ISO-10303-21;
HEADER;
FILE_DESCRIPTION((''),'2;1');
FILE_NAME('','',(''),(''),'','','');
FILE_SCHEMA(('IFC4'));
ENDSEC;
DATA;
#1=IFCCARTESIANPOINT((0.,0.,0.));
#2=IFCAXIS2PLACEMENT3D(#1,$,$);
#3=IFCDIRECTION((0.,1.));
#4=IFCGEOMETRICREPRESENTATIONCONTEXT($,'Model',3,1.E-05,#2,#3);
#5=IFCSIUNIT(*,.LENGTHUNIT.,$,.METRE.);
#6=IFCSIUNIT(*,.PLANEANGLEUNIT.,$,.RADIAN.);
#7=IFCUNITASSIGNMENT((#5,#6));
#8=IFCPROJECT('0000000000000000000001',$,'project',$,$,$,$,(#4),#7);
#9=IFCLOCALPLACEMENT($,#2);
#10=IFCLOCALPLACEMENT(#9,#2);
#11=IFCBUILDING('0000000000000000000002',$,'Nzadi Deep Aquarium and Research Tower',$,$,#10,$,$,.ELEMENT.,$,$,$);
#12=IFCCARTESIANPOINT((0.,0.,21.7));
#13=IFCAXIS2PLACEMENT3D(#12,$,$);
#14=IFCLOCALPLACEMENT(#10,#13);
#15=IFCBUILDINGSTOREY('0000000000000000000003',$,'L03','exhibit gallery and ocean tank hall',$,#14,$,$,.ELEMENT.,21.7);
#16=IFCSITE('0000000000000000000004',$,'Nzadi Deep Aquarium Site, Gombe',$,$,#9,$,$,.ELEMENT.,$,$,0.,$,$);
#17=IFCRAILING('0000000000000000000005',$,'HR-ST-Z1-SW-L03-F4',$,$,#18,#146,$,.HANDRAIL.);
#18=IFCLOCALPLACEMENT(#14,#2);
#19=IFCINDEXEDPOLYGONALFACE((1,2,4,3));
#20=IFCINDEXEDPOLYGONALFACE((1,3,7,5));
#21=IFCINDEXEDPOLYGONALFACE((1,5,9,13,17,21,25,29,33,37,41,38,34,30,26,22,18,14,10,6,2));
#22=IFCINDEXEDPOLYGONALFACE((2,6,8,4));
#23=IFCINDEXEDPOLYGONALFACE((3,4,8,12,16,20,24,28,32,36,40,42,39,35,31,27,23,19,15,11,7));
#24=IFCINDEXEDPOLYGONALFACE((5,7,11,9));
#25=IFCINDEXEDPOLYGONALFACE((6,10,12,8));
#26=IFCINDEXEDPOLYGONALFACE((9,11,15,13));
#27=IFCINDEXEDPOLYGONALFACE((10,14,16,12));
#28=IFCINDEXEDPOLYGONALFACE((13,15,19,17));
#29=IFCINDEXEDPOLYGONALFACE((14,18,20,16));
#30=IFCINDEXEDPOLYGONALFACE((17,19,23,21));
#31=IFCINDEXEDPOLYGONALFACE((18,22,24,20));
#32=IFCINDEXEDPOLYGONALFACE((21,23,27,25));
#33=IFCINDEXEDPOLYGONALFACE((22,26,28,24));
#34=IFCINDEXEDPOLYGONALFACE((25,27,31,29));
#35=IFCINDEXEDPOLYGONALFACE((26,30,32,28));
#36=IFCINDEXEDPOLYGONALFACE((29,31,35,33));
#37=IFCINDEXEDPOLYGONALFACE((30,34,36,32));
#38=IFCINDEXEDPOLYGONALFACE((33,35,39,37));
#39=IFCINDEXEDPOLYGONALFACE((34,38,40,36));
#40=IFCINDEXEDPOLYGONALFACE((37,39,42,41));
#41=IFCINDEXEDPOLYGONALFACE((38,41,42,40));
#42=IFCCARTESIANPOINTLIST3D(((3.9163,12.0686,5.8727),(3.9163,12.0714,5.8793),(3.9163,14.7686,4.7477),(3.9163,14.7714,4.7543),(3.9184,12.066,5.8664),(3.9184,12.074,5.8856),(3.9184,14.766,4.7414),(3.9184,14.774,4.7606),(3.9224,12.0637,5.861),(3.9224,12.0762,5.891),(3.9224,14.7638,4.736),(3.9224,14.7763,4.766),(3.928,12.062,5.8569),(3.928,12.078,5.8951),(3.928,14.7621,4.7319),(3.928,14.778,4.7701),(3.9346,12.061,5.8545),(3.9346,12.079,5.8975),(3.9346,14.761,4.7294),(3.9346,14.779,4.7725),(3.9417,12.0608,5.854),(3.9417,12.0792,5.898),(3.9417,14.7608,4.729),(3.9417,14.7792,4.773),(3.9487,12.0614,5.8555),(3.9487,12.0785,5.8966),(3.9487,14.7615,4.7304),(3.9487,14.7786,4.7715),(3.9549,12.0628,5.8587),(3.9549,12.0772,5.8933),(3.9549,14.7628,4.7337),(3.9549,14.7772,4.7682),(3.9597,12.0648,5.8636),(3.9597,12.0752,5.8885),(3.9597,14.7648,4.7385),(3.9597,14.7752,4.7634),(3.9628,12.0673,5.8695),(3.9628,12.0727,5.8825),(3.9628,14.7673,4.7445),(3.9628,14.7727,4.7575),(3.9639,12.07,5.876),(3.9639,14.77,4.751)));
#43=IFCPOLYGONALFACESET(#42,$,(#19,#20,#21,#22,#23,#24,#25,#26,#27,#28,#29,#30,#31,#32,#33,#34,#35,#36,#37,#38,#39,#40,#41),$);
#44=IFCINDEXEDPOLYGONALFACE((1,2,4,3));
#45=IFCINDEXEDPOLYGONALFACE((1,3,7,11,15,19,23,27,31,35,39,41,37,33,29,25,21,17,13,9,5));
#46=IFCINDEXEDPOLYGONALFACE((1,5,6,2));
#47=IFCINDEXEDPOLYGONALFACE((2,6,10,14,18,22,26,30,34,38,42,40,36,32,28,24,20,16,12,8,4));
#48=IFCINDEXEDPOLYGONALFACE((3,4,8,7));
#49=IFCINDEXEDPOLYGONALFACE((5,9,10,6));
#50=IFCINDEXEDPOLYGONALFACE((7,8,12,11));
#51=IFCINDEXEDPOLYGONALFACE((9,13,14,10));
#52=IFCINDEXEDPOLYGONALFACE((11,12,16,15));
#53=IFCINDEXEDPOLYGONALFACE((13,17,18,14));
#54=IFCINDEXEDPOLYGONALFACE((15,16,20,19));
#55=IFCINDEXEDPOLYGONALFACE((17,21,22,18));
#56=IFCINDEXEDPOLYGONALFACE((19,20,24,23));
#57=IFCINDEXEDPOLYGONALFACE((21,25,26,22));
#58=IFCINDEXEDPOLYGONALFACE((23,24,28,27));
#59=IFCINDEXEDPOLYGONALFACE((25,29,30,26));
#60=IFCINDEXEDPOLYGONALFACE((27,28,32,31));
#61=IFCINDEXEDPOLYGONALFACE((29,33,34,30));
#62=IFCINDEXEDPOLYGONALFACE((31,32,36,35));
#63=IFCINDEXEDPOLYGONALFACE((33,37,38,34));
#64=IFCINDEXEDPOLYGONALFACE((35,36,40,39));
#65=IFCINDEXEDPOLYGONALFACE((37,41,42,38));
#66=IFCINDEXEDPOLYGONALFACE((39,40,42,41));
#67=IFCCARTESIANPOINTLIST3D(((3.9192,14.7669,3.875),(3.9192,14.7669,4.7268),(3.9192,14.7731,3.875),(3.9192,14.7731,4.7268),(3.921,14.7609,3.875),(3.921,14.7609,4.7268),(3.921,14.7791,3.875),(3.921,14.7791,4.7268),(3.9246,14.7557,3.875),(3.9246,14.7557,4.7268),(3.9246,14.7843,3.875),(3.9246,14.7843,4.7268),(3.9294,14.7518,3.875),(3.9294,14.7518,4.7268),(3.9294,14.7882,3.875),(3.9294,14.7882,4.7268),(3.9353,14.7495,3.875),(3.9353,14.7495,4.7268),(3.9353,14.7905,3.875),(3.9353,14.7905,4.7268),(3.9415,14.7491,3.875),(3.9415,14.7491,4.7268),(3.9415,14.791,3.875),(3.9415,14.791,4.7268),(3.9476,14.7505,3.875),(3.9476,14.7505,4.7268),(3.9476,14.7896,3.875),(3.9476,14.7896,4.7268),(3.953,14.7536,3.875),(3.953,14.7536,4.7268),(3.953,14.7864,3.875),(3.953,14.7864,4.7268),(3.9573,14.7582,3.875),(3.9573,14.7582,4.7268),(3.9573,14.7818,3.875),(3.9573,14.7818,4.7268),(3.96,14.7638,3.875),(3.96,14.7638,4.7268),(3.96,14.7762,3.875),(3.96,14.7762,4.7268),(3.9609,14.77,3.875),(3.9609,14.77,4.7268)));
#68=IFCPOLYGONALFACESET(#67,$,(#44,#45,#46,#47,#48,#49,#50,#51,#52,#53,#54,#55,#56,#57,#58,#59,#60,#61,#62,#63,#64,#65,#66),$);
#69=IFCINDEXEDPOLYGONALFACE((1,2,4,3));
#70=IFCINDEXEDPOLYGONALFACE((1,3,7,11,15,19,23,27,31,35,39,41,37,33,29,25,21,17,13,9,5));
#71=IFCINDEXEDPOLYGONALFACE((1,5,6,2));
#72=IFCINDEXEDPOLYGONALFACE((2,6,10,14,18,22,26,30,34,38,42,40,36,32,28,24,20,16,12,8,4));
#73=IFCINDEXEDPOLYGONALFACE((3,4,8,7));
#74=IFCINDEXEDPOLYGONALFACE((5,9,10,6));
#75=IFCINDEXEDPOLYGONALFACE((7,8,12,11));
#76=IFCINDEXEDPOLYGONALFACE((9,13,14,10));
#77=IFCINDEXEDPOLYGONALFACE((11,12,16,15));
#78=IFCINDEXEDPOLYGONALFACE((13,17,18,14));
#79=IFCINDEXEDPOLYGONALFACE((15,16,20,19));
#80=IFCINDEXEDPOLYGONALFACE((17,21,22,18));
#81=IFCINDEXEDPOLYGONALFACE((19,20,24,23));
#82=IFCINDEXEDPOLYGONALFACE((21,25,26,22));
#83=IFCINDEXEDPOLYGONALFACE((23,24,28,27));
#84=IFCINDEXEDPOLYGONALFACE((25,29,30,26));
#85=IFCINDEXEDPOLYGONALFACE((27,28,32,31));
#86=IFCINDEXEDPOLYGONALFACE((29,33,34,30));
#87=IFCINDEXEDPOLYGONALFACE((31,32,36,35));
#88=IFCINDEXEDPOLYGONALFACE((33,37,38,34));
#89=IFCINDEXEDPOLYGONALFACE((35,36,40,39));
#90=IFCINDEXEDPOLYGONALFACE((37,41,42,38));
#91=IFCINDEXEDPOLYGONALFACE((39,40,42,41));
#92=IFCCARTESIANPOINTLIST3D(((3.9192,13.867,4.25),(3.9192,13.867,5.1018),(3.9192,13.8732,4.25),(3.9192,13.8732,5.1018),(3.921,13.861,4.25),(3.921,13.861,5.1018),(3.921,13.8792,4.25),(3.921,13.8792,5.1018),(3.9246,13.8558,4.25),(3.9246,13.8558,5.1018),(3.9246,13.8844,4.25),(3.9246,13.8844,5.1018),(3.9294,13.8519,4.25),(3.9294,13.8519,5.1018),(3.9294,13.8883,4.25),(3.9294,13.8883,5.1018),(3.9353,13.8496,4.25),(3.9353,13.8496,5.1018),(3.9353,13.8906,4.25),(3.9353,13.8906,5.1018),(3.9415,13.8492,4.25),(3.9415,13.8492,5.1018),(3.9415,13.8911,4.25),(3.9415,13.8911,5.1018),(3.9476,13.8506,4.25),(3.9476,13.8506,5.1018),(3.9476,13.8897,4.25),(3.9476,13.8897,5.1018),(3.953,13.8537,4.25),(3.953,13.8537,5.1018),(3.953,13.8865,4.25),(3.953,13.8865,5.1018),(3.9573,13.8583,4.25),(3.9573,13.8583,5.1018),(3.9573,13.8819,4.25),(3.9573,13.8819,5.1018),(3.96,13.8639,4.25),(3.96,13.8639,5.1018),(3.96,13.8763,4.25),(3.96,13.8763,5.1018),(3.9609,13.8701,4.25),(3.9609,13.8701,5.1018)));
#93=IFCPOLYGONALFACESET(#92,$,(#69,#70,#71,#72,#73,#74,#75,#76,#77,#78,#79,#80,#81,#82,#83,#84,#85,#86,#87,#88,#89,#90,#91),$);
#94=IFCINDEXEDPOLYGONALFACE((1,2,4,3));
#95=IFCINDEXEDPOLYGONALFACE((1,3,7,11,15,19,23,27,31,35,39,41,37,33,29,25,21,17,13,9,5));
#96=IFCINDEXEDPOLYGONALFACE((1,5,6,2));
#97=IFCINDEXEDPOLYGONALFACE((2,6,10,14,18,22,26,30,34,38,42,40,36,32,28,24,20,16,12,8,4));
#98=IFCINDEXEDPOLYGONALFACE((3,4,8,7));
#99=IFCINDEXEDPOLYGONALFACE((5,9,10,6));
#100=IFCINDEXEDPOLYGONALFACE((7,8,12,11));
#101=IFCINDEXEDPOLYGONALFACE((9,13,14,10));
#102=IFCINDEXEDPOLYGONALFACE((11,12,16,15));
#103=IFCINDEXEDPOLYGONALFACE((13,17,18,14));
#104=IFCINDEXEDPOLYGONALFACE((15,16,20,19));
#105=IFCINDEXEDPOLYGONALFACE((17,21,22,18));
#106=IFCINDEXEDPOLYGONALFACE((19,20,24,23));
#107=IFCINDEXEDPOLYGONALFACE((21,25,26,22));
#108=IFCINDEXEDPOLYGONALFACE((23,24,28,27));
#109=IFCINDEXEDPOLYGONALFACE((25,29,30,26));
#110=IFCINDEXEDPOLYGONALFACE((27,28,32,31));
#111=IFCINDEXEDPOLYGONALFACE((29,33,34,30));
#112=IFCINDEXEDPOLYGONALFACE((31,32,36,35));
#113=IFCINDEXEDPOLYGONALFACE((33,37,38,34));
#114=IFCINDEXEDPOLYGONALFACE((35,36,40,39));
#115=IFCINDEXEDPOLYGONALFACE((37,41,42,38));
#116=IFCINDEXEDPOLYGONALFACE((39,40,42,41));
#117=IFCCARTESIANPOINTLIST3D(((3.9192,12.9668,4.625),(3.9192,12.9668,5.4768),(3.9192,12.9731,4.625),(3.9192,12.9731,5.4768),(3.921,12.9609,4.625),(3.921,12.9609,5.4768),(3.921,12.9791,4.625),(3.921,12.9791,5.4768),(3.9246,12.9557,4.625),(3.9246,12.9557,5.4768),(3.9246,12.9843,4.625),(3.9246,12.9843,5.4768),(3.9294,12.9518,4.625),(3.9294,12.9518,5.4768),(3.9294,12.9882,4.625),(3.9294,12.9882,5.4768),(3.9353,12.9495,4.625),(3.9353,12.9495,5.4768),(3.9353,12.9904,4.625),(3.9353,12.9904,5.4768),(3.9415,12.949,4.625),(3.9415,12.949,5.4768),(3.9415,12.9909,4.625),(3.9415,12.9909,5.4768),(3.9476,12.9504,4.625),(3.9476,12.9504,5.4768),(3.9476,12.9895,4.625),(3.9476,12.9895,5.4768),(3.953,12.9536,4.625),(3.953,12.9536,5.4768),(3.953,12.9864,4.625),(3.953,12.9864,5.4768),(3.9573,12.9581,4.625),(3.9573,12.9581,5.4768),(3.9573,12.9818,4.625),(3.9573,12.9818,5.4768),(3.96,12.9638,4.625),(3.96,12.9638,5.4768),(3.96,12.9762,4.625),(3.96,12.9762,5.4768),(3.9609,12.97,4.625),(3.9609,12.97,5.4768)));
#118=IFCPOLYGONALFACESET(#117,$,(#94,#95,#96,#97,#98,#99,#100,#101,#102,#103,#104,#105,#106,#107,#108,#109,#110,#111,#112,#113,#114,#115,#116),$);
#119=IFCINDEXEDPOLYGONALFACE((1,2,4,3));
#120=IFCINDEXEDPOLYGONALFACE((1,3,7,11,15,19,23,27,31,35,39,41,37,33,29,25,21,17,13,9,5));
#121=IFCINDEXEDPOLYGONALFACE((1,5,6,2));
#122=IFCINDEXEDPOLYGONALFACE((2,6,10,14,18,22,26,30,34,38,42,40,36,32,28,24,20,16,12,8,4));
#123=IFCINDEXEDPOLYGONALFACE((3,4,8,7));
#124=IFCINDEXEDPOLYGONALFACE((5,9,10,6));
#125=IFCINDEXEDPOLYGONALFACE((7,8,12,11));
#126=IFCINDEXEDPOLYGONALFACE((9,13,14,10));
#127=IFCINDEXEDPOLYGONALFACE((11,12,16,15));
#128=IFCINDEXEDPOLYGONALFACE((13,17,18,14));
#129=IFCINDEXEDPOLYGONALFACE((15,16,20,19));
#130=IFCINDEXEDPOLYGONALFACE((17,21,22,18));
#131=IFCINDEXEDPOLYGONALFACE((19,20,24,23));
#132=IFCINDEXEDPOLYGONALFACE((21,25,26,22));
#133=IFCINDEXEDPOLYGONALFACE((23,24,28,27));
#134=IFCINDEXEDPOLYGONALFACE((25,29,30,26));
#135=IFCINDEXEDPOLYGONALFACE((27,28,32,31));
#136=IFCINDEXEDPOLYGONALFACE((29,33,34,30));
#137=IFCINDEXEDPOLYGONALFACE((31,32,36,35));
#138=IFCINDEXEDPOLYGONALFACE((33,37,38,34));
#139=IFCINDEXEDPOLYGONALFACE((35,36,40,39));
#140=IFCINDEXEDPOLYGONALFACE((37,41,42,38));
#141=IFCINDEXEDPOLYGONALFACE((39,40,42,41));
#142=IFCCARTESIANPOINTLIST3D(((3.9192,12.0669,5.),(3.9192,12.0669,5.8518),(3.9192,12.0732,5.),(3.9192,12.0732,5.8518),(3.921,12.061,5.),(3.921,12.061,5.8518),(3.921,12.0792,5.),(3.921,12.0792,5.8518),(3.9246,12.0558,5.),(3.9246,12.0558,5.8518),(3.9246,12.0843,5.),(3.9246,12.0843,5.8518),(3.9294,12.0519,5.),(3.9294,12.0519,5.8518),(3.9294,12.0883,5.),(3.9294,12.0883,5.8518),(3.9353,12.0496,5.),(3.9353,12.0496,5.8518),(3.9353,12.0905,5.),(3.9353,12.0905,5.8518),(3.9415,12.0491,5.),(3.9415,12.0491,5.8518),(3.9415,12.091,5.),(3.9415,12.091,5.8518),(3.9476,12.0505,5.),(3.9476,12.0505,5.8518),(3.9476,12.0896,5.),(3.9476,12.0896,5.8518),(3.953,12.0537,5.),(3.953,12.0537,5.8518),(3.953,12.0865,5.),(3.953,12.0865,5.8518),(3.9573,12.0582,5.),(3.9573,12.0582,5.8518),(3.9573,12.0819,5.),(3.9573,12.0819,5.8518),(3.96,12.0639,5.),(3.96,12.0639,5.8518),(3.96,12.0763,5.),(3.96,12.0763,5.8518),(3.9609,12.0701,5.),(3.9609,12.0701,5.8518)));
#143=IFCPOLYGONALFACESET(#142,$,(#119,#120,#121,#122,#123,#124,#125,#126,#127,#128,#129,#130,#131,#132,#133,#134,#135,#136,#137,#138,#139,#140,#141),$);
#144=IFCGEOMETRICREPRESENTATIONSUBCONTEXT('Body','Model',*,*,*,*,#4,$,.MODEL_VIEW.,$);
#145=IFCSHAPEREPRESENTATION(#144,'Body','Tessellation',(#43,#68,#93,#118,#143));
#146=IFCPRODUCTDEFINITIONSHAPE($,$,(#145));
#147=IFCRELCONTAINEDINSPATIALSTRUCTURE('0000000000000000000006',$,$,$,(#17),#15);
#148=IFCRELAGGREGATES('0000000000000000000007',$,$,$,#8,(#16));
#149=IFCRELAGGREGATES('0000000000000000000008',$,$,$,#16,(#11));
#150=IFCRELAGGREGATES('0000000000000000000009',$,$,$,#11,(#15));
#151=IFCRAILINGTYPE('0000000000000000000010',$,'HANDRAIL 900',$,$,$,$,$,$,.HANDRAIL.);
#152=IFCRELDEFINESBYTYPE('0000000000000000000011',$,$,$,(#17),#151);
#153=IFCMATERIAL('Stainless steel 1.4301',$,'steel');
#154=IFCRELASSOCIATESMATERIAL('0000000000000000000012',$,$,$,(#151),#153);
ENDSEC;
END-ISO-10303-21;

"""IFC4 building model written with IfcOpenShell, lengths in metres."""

from ifc_helpers import new_model, si_unit, direction, frame, origin, origin_2d, place, context, subcontext, project, spatial, circle, extrude, material, type_object, element, save


model = new_model("IFC4")

# Units and contexts
model_context = context("Model", 3, precision=1e-05, world=origin(), true_north=direction((0.0, 1.0)))
body_context = subcontext(model_context, "Body", "Model", "MODEL_VIEW")
ifc_project = project(units=[si_unit("LENGTHUNIT", "METRE"), si_unit("PLANEANGLEUNIT", "RADIAN")], contexts=[model_context])

# Site, building, storey
site_placement = place(None, origin())
site = spatial("IfcSite", under=ifc_project, at=site_placement, Name="Nzadi Deep Aquarium Site, Gombe", CompositionType="ELEMENT", RefElevation=0.0)
building_placement = place(site_placement, origin())
building = spatial("IfcBuilding", under=site, at=building_placement, Name="Nzadi Deep Aquarium and Research Tower", CompositionType="ELEMENT")
storey_placement = place(building_placement, frame((0.0, 0.0, 21.7)))
storey = spatial("IfcBuildingStorey", under=building, at=storey_placement, Name="L03", Description="exhibit gallery and ocean tank hall", CompositionType="ELEMENT", Elevation=21.7)

# Railing
ifc_material_1 = material(Name="Stainless steel 1.4301", Category="steel")
railing_type = type_object("IfcRailingType", Name="HANDRAIL 900", PredefinedType="HANDRAIL", material=ifc_material_1)
for number, where, name in (
    (1, (3.9399, 14.77, 3.875), "HR-ST-Z1-SW-L03-F4"),
):
    element("IfcRailing", number, at=place(storey_placement, frame(where)), inside=storey, type_object=railing_type, Name=name, PredefinedType="HANDRAIL", context=body_context, shape_type="SweptSolid", body=[
        extrude(circle(Radius=0.0239, at=origin_2d()), frame((0.0, 0.0, 0.876), z_axis=(0.0, -0.923074, 0.384621), x_axis=(1.0, 0.0, 0.0)), (0.0, 0.0, 1.0), 2.925),
        extrude(circle(Radius=0.021, at=origin_2d()), origin(), (0.0, 0.0, 1.0), 0.8518),
        extrude(circle(Radius=0.021, at=origin_2d()), frame((0.0, -0.8999, 0.375)), (0.0, 0.0, 1.0), 0.8518),
        extrude(circle(Radius=0.021, at=origin_2d()), frame((0.0, -1.8, 0.75)), (0.0, 0.0, 1.0), 0.8518),
        extrude(circle(Radius=0.021, at=origin_2d()), frame((0.0, -2.7, 1.125)), (0.0, 0.0, 1.0), 0.8518),
    ])

save(model, "model.ifc")
